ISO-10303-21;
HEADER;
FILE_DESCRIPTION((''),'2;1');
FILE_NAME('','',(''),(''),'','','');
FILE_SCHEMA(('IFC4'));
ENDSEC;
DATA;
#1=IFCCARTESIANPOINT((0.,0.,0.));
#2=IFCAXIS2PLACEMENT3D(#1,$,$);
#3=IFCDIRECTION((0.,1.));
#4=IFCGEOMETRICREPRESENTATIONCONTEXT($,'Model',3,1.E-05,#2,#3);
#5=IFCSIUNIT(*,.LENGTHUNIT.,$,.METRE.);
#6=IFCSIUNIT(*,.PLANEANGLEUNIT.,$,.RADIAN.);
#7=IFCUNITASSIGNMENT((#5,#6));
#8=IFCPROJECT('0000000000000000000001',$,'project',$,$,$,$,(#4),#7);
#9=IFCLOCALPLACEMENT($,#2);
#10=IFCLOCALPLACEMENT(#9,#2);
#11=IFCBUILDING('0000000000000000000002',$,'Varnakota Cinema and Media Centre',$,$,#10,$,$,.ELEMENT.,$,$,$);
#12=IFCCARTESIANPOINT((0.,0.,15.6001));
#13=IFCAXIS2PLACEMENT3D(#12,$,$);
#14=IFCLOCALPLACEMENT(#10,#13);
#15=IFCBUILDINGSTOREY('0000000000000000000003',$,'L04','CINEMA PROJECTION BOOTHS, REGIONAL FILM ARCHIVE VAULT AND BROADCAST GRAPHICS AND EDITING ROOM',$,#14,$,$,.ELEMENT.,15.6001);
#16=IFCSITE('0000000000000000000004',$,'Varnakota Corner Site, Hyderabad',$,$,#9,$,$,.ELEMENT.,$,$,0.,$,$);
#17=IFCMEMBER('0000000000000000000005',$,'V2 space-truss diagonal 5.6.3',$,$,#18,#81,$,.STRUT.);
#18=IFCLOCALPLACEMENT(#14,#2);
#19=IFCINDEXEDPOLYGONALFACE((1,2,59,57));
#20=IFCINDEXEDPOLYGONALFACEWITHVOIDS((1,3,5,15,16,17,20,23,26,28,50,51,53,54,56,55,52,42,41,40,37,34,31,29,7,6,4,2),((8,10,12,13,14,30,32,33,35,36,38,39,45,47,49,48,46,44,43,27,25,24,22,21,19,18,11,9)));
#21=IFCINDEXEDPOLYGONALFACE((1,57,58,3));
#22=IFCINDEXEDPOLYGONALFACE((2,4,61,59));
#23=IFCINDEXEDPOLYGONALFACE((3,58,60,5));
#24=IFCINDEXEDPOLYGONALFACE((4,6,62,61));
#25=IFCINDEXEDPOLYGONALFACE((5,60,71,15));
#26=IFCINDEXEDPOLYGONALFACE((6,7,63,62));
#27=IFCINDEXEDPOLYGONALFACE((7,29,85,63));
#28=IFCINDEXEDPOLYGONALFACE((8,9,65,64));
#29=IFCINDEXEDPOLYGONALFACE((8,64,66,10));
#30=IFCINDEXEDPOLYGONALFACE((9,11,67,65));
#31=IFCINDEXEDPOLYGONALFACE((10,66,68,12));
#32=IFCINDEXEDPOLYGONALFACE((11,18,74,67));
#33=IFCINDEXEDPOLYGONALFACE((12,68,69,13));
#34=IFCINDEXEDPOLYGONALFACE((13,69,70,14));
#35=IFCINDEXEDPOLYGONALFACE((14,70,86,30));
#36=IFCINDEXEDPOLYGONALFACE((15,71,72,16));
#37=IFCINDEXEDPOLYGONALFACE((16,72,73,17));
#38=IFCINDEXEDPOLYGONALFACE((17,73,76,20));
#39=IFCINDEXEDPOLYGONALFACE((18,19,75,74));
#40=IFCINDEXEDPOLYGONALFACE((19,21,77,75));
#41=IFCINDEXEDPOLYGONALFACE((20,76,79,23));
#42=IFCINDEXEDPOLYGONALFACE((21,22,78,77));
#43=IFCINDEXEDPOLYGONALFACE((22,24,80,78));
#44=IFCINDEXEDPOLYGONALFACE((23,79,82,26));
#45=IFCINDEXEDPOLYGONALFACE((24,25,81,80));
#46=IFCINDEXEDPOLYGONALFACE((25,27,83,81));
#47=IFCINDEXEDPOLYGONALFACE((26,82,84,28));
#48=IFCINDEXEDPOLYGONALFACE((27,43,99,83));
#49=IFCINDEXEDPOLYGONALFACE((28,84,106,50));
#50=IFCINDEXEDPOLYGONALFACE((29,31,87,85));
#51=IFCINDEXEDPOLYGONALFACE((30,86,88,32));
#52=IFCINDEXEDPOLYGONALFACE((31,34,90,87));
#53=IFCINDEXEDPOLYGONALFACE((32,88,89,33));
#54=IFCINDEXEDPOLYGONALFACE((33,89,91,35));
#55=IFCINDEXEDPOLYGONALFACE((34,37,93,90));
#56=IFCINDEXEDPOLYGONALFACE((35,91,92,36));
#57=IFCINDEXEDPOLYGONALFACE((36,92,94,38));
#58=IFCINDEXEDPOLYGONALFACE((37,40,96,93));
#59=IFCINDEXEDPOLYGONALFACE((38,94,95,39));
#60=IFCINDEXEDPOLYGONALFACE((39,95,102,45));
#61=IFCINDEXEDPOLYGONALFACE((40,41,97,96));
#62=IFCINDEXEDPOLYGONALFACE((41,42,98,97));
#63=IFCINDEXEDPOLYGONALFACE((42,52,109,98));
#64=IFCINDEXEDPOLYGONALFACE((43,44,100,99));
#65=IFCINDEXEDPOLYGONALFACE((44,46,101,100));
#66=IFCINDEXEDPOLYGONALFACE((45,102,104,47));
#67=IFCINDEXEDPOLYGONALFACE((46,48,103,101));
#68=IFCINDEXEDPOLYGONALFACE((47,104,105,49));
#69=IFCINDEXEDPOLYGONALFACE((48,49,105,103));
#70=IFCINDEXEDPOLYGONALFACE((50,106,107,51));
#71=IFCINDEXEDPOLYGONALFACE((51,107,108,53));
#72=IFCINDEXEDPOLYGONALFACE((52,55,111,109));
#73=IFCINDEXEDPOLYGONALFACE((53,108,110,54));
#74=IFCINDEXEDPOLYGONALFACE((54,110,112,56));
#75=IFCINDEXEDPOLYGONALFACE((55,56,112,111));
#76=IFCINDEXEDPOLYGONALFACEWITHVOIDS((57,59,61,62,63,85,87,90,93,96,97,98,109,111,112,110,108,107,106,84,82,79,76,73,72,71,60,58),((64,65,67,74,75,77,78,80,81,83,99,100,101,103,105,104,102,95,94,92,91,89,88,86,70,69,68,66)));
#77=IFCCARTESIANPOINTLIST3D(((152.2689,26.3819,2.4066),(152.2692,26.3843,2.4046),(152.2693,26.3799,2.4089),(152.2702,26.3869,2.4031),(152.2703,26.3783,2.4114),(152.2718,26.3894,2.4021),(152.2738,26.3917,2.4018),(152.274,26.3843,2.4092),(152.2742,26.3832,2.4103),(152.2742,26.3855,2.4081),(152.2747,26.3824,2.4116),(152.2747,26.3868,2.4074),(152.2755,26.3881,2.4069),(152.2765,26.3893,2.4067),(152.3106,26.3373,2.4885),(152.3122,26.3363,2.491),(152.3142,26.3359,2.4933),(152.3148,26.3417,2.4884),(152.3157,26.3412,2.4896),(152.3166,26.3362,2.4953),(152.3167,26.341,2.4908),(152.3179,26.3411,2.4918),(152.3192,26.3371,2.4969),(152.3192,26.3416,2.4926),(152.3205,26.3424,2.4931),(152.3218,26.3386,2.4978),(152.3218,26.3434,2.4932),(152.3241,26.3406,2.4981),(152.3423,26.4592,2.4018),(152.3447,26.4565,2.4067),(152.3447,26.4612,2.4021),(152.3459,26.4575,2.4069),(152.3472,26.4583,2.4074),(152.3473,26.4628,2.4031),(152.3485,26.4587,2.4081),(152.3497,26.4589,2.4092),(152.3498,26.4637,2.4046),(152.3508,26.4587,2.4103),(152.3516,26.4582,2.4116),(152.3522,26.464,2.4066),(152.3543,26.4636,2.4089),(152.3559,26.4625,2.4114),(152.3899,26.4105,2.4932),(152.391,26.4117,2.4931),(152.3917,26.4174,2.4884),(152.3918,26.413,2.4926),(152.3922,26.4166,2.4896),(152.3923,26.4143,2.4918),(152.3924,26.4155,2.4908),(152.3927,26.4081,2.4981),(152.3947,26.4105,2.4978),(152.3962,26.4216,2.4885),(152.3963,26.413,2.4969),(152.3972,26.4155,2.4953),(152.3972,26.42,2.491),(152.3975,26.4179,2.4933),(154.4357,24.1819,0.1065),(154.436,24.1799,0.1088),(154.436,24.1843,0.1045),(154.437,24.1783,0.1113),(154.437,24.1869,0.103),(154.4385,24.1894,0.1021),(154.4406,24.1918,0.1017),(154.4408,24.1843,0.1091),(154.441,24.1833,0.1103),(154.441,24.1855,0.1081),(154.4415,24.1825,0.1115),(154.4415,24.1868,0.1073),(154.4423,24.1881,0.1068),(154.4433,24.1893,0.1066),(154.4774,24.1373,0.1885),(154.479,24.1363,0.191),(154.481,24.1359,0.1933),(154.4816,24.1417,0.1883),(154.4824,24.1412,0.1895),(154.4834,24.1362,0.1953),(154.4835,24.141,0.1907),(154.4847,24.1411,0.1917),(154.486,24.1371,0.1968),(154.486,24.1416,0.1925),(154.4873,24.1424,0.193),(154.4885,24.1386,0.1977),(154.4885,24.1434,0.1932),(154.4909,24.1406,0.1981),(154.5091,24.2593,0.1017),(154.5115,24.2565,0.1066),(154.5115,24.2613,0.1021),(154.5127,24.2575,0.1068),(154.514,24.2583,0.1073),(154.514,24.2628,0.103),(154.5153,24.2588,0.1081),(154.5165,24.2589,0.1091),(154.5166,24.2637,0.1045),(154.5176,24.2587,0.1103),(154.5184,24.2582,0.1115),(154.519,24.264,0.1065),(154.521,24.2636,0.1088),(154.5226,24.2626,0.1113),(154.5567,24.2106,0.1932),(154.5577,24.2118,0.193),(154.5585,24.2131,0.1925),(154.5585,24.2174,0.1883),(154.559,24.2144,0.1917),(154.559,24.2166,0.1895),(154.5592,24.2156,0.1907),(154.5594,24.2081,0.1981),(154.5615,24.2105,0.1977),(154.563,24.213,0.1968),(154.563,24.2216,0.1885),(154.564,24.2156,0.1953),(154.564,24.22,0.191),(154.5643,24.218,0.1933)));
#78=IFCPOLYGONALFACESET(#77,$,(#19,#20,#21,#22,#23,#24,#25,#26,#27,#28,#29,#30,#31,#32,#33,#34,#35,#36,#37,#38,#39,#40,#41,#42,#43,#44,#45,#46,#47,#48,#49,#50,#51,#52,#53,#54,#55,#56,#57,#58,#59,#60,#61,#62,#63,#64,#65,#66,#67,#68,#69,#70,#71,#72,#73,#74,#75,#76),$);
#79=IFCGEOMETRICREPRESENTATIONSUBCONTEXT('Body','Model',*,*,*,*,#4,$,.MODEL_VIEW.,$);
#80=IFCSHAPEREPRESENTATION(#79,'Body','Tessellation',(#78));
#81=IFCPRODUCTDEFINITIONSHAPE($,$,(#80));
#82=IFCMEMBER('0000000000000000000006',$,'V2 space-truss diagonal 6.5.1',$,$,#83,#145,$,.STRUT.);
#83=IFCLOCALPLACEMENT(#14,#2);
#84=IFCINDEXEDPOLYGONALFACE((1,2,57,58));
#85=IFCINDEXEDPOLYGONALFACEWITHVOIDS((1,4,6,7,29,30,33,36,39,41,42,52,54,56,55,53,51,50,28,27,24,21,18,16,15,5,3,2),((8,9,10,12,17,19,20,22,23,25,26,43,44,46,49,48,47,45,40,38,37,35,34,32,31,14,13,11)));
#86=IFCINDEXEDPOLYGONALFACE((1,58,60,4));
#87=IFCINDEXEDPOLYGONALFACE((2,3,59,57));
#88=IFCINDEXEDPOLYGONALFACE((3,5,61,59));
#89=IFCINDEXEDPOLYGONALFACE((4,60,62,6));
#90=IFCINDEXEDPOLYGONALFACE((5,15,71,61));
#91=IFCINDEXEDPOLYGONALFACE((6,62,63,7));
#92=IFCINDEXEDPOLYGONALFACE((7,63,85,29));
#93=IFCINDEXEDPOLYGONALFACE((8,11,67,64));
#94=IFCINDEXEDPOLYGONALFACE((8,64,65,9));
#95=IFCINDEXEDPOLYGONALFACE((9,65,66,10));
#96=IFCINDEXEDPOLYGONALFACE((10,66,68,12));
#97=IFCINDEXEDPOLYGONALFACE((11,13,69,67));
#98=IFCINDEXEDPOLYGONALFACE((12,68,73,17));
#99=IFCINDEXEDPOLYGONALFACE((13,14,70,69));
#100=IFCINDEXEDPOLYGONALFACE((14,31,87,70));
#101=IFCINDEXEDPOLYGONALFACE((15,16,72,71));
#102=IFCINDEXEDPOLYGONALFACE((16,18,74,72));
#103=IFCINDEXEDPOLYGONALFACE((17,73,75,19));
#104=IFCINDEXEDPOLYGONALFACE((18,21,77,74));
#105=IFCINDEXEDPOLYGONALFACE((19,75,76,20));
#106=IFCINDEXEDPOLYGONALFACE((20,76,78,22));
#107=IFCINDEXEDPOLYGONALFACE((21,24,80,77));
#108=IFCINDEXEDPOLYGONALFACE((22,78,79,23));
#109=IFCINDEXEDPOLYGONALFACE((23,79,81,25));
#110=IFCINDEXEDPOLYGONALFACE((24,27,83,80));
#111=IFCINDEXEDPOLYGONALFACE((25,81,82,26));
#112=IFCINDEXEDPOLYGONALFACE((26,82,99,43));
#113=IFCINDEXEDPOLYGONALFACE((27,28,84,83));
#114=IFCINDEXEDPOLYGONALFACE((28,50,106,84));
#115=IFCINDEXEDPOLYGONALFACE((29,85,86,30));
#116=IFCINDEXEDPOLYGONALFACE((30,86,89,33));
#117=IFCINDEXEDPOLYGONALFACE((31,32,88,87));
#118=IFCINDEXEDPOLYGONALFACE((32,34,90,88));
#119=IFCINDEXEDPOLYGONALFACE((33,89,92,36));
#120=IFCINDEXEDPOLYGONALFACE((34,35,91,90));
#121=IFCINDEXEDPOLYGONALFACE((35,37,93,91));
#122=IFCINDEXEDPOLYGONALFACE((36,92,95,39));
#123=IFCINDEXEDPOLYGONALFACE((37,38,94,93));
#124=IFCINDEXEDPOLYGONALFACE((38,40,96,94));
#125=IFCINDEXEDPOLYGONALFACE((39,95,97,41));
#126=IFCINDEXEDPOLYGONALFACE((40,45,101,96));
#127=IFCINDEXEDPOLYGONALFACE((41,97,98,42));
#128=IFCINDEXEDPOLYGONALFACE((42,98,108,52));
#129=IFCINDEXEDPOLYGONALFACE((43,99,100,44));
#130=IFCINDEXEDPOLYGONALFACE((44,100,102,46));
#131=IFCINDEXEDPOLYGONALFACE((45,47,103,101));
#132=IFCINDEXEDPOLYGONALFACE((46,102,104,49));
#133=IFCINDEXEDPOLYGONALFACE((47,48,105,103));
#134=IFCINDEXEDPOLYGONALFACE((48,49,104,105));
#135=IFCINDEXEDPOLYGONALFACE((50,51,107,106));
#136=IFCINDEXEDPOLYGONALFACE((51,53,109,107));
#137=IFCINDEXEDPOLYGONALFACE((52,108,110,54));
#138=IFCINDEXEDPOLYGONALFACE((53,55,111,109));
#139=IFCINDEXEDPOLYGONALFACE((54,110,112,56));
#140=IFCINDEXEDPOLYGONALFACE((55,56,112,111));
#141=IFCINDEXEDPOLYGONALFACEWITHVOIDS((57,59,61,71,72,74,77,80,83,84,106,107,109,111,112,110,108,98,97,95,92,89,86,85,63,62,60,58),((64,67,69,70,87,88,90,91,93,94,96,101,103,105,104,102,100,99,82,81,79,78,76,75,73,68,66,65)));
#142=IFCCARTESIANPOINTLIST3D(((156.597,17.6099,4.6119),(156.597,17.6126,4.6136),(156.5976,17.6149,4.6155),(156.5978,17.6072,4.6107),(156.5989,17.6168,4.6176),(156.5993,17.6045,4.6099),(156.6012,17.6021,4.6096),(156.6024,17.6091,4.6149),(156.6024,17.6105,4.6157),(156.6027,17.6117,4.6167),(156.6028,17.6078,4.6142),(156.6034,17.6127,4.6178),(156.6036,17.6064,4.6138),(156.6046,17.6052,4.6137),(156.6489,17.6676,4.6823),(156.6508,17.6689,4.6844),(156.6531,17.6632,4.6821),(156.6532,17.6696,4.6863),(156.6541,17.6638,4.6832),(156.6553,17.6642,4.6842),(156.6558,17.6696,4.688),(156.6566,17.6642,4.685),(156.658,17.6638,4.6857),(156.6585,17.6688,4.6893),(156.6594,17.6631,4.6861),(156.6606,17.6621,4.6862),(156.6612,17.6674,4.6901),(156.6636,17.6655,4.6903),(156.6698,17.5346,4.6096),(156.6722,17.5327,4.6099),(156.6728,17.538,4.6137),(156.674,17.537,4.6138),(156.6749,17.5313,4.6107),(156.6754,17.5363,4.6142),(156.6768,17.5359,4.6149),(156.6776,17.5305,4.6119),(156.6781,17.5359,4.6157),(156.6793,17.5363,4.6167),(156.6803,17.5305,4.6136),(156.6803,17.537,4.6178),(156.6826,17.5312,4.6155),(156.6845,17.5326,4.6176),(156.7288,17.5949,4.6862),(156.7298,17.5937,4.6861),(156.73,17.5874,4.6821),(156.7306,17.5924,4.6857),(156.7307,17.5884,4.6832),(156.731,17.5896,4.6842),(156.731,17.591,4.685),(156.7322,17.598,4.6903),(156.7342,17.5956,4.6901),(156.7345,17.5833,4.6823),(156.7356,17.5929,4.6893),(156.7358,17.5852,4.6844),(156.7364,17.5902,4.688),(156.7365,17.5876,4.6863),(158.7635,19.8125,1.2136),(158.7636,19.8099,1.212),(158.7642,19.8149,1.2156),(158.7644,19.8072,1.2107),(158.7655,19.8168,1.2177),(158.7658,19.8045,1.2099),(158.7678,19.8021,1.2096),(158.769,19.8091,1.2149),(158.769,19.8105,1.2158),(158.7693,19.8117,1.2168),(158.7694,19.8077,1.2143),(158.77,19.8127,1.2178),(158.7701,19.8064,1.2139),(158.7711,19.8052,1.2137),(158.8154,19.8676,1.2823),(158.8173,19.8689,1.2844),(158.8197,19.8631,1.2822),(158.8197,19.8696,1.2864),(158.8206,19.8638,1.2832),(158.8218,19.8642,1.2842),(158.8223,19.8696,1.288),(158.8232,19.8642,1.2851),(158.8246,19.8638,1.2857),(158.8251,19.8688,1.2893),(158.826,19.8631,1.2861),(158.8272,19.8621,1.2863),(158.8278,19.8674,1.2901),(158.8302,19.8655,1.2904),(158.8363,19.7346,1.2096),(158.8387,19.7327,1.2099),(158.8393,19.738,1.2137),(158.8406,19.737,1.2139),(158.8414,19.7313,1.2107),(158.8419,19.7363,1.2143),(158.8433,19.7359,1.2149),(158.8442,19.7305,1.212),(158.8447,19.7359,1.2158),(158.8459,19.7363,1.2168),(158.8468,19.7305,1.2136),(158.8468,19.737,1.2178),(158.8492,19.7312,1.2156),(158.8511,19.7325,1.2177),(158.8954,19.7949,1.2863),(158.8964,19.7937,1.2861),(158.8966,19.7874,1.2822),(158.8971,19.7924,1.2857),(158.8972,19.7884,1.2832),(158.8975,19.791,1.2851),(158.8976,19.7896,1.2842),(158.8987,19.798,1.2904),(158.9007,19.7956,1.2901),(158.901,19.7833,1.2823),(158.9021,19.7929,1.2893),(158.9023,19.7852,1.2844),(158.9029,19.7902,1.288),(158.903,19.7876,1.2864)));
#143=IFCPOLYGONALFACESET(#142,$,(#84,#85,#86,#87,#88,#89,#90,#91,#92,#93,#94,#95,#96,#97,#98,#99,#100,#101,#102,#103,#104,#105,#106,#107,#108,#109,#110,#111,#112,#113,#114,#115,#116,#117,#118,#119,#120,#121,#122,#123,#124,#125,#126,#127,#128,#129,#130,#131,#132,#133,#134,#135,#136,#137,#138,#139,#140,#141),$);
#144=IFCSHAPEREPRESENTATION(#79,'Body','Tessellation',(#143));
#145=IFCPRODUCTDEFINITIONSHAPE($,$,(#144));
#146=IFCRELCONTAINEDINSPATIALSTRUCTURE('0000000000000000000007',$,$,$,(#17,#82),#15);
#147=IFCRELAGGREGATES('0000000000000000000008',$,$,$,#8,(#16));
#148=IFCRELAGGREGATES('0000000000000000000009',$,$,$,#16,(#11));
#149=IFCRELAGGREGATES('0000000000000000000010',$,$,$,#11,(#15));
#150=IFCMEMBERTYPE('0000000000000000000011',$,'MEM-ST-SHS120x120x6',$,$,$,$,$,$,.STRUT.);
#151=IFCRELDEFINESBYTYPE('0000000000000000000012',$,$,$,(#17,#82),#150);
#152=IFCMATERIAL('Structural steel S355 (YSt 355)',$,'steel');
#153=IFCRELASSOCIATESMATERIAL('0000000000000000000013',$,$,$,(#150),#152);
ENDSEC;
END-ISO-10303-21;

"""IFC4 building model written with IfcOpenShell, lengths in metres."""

from ifc_helpers import new_model, si_unit, direction, frame, origin, origin_2d, place, context, subcontext, project, spatial, hollow_rectangle, extrude, material, material_profile, profile_set, type_object, element, save


model = new_model("IFC4")

# Units and contexts
model_context = context("Model", 3, precision=1e-05, world=origin(), true_north=direction((0.0, 1.0)))
body_context = subcontext(model_context, "Body", "Model", "MODEL_VIEW")
ifc_project = project(units=[si_unit("LENGTHUNIT", "METRE"), si_unit("PLANEANGLEUNIT", "RADIAN")], contexts=[model_context])

# Site, building, storey
site_placement = place(None, origin())
site = spatial("IfcSite", under=ifc_project, at=site_placement, Name="Varnakota Corner Site, Hyderabad", CompositionType="ELEMENT", RefElevation=0.0)
building_placement = place(site_placement, origin())
building = spatial("IfcBuilding", under=site, at=building_placement, Name="Varnakota Cinema and Media Centre", CompositionType="ELEMENT")
storey_placement = place(building_placement, frame((0.0, 0.0, 15.6001)))
storey = spatial("IfcBuildingStorey", under=building, at=storey_placement, Name="L04", Description="CINEMA PROJECTION BOOTHS, REGIONAL FILM ARCHIVE VAULT AND BROADCAST GRAPHICS AND EDITING ROOM", CompositionType="ELEMENT", Elevation=15.6001)

# Members
ifc_material_1 = material(Name="Structural steel S355 (YSt 355)", Category="steel")
ifc_material_profile_1 = material_profile(ifc_material_1, hollow_rectangle(XDim=0.1201, YDim=0.1201, WallThickness=0.0061, InnerFilletRadius=0.0061, OuterFilletRadius=0.012, at=origin_2d()), Name="SHS 120x120x6")
ifc_profile_set_1 = profile_set([ifc_material_profile_1], Name="Structural steel S355 (YSt 355)")
member_type_1 = type_object("IfcMemberType", Name="MEM-ST-SHS120x120x6", PredefinedType="STRUT", material=ifc_profile_set_1)
member_1_placement = place(storey_placement, frame((154.5, 24.2, 0.1499), z_axis=(-0.562748, 0.571371, 0.597369), x_axis=(-0.712463, -0.70171, 0.0)))
element("IfcMember", 1, at=member_1_placement, inside=storey, type_object=member_type_1, Name="V2 space-truss diagonal 5.6.3", PredefinedType="STRUT", context=body_context, shape_type="SweptSolid", body=[
    extrude(hollow_rectangle(XDim=0.1201, YDim=0.1201, WallThickness=0.0061, InnerFilletRadius=0.0061, OuterFilletRadius=0.012, at=origin_2d()), origin(), (0.0, 0.0, 1.0), 3.8503),
])
member_2_placement = place(storey_placement, frame((158.8333, 19.8, 1.25), z_axis=(-0.471728, -0.479011, 0.740285), x_axis=(0.712502, -0.70167, 0.0)))
element("IfcMember", 2, at=member_2_placement, inside=storey, type_object=member_type_1, Name="V2 space-truss diagonal 6.5.1", PredefinedType="STRUT", context=body_context, shape_type="SweptSolid", body=[
    extrude(hollow_rectangle(XDim=0.1201, YDim=0.1201, WallThickness=0.0061, InnerFilletRadius=0.0061, OuterFilletRadius=0.012, at=origin_2d()), origin(), (0.0, 0.0, 1.0), 4.5928),
])

save(model, "model.ifc")
